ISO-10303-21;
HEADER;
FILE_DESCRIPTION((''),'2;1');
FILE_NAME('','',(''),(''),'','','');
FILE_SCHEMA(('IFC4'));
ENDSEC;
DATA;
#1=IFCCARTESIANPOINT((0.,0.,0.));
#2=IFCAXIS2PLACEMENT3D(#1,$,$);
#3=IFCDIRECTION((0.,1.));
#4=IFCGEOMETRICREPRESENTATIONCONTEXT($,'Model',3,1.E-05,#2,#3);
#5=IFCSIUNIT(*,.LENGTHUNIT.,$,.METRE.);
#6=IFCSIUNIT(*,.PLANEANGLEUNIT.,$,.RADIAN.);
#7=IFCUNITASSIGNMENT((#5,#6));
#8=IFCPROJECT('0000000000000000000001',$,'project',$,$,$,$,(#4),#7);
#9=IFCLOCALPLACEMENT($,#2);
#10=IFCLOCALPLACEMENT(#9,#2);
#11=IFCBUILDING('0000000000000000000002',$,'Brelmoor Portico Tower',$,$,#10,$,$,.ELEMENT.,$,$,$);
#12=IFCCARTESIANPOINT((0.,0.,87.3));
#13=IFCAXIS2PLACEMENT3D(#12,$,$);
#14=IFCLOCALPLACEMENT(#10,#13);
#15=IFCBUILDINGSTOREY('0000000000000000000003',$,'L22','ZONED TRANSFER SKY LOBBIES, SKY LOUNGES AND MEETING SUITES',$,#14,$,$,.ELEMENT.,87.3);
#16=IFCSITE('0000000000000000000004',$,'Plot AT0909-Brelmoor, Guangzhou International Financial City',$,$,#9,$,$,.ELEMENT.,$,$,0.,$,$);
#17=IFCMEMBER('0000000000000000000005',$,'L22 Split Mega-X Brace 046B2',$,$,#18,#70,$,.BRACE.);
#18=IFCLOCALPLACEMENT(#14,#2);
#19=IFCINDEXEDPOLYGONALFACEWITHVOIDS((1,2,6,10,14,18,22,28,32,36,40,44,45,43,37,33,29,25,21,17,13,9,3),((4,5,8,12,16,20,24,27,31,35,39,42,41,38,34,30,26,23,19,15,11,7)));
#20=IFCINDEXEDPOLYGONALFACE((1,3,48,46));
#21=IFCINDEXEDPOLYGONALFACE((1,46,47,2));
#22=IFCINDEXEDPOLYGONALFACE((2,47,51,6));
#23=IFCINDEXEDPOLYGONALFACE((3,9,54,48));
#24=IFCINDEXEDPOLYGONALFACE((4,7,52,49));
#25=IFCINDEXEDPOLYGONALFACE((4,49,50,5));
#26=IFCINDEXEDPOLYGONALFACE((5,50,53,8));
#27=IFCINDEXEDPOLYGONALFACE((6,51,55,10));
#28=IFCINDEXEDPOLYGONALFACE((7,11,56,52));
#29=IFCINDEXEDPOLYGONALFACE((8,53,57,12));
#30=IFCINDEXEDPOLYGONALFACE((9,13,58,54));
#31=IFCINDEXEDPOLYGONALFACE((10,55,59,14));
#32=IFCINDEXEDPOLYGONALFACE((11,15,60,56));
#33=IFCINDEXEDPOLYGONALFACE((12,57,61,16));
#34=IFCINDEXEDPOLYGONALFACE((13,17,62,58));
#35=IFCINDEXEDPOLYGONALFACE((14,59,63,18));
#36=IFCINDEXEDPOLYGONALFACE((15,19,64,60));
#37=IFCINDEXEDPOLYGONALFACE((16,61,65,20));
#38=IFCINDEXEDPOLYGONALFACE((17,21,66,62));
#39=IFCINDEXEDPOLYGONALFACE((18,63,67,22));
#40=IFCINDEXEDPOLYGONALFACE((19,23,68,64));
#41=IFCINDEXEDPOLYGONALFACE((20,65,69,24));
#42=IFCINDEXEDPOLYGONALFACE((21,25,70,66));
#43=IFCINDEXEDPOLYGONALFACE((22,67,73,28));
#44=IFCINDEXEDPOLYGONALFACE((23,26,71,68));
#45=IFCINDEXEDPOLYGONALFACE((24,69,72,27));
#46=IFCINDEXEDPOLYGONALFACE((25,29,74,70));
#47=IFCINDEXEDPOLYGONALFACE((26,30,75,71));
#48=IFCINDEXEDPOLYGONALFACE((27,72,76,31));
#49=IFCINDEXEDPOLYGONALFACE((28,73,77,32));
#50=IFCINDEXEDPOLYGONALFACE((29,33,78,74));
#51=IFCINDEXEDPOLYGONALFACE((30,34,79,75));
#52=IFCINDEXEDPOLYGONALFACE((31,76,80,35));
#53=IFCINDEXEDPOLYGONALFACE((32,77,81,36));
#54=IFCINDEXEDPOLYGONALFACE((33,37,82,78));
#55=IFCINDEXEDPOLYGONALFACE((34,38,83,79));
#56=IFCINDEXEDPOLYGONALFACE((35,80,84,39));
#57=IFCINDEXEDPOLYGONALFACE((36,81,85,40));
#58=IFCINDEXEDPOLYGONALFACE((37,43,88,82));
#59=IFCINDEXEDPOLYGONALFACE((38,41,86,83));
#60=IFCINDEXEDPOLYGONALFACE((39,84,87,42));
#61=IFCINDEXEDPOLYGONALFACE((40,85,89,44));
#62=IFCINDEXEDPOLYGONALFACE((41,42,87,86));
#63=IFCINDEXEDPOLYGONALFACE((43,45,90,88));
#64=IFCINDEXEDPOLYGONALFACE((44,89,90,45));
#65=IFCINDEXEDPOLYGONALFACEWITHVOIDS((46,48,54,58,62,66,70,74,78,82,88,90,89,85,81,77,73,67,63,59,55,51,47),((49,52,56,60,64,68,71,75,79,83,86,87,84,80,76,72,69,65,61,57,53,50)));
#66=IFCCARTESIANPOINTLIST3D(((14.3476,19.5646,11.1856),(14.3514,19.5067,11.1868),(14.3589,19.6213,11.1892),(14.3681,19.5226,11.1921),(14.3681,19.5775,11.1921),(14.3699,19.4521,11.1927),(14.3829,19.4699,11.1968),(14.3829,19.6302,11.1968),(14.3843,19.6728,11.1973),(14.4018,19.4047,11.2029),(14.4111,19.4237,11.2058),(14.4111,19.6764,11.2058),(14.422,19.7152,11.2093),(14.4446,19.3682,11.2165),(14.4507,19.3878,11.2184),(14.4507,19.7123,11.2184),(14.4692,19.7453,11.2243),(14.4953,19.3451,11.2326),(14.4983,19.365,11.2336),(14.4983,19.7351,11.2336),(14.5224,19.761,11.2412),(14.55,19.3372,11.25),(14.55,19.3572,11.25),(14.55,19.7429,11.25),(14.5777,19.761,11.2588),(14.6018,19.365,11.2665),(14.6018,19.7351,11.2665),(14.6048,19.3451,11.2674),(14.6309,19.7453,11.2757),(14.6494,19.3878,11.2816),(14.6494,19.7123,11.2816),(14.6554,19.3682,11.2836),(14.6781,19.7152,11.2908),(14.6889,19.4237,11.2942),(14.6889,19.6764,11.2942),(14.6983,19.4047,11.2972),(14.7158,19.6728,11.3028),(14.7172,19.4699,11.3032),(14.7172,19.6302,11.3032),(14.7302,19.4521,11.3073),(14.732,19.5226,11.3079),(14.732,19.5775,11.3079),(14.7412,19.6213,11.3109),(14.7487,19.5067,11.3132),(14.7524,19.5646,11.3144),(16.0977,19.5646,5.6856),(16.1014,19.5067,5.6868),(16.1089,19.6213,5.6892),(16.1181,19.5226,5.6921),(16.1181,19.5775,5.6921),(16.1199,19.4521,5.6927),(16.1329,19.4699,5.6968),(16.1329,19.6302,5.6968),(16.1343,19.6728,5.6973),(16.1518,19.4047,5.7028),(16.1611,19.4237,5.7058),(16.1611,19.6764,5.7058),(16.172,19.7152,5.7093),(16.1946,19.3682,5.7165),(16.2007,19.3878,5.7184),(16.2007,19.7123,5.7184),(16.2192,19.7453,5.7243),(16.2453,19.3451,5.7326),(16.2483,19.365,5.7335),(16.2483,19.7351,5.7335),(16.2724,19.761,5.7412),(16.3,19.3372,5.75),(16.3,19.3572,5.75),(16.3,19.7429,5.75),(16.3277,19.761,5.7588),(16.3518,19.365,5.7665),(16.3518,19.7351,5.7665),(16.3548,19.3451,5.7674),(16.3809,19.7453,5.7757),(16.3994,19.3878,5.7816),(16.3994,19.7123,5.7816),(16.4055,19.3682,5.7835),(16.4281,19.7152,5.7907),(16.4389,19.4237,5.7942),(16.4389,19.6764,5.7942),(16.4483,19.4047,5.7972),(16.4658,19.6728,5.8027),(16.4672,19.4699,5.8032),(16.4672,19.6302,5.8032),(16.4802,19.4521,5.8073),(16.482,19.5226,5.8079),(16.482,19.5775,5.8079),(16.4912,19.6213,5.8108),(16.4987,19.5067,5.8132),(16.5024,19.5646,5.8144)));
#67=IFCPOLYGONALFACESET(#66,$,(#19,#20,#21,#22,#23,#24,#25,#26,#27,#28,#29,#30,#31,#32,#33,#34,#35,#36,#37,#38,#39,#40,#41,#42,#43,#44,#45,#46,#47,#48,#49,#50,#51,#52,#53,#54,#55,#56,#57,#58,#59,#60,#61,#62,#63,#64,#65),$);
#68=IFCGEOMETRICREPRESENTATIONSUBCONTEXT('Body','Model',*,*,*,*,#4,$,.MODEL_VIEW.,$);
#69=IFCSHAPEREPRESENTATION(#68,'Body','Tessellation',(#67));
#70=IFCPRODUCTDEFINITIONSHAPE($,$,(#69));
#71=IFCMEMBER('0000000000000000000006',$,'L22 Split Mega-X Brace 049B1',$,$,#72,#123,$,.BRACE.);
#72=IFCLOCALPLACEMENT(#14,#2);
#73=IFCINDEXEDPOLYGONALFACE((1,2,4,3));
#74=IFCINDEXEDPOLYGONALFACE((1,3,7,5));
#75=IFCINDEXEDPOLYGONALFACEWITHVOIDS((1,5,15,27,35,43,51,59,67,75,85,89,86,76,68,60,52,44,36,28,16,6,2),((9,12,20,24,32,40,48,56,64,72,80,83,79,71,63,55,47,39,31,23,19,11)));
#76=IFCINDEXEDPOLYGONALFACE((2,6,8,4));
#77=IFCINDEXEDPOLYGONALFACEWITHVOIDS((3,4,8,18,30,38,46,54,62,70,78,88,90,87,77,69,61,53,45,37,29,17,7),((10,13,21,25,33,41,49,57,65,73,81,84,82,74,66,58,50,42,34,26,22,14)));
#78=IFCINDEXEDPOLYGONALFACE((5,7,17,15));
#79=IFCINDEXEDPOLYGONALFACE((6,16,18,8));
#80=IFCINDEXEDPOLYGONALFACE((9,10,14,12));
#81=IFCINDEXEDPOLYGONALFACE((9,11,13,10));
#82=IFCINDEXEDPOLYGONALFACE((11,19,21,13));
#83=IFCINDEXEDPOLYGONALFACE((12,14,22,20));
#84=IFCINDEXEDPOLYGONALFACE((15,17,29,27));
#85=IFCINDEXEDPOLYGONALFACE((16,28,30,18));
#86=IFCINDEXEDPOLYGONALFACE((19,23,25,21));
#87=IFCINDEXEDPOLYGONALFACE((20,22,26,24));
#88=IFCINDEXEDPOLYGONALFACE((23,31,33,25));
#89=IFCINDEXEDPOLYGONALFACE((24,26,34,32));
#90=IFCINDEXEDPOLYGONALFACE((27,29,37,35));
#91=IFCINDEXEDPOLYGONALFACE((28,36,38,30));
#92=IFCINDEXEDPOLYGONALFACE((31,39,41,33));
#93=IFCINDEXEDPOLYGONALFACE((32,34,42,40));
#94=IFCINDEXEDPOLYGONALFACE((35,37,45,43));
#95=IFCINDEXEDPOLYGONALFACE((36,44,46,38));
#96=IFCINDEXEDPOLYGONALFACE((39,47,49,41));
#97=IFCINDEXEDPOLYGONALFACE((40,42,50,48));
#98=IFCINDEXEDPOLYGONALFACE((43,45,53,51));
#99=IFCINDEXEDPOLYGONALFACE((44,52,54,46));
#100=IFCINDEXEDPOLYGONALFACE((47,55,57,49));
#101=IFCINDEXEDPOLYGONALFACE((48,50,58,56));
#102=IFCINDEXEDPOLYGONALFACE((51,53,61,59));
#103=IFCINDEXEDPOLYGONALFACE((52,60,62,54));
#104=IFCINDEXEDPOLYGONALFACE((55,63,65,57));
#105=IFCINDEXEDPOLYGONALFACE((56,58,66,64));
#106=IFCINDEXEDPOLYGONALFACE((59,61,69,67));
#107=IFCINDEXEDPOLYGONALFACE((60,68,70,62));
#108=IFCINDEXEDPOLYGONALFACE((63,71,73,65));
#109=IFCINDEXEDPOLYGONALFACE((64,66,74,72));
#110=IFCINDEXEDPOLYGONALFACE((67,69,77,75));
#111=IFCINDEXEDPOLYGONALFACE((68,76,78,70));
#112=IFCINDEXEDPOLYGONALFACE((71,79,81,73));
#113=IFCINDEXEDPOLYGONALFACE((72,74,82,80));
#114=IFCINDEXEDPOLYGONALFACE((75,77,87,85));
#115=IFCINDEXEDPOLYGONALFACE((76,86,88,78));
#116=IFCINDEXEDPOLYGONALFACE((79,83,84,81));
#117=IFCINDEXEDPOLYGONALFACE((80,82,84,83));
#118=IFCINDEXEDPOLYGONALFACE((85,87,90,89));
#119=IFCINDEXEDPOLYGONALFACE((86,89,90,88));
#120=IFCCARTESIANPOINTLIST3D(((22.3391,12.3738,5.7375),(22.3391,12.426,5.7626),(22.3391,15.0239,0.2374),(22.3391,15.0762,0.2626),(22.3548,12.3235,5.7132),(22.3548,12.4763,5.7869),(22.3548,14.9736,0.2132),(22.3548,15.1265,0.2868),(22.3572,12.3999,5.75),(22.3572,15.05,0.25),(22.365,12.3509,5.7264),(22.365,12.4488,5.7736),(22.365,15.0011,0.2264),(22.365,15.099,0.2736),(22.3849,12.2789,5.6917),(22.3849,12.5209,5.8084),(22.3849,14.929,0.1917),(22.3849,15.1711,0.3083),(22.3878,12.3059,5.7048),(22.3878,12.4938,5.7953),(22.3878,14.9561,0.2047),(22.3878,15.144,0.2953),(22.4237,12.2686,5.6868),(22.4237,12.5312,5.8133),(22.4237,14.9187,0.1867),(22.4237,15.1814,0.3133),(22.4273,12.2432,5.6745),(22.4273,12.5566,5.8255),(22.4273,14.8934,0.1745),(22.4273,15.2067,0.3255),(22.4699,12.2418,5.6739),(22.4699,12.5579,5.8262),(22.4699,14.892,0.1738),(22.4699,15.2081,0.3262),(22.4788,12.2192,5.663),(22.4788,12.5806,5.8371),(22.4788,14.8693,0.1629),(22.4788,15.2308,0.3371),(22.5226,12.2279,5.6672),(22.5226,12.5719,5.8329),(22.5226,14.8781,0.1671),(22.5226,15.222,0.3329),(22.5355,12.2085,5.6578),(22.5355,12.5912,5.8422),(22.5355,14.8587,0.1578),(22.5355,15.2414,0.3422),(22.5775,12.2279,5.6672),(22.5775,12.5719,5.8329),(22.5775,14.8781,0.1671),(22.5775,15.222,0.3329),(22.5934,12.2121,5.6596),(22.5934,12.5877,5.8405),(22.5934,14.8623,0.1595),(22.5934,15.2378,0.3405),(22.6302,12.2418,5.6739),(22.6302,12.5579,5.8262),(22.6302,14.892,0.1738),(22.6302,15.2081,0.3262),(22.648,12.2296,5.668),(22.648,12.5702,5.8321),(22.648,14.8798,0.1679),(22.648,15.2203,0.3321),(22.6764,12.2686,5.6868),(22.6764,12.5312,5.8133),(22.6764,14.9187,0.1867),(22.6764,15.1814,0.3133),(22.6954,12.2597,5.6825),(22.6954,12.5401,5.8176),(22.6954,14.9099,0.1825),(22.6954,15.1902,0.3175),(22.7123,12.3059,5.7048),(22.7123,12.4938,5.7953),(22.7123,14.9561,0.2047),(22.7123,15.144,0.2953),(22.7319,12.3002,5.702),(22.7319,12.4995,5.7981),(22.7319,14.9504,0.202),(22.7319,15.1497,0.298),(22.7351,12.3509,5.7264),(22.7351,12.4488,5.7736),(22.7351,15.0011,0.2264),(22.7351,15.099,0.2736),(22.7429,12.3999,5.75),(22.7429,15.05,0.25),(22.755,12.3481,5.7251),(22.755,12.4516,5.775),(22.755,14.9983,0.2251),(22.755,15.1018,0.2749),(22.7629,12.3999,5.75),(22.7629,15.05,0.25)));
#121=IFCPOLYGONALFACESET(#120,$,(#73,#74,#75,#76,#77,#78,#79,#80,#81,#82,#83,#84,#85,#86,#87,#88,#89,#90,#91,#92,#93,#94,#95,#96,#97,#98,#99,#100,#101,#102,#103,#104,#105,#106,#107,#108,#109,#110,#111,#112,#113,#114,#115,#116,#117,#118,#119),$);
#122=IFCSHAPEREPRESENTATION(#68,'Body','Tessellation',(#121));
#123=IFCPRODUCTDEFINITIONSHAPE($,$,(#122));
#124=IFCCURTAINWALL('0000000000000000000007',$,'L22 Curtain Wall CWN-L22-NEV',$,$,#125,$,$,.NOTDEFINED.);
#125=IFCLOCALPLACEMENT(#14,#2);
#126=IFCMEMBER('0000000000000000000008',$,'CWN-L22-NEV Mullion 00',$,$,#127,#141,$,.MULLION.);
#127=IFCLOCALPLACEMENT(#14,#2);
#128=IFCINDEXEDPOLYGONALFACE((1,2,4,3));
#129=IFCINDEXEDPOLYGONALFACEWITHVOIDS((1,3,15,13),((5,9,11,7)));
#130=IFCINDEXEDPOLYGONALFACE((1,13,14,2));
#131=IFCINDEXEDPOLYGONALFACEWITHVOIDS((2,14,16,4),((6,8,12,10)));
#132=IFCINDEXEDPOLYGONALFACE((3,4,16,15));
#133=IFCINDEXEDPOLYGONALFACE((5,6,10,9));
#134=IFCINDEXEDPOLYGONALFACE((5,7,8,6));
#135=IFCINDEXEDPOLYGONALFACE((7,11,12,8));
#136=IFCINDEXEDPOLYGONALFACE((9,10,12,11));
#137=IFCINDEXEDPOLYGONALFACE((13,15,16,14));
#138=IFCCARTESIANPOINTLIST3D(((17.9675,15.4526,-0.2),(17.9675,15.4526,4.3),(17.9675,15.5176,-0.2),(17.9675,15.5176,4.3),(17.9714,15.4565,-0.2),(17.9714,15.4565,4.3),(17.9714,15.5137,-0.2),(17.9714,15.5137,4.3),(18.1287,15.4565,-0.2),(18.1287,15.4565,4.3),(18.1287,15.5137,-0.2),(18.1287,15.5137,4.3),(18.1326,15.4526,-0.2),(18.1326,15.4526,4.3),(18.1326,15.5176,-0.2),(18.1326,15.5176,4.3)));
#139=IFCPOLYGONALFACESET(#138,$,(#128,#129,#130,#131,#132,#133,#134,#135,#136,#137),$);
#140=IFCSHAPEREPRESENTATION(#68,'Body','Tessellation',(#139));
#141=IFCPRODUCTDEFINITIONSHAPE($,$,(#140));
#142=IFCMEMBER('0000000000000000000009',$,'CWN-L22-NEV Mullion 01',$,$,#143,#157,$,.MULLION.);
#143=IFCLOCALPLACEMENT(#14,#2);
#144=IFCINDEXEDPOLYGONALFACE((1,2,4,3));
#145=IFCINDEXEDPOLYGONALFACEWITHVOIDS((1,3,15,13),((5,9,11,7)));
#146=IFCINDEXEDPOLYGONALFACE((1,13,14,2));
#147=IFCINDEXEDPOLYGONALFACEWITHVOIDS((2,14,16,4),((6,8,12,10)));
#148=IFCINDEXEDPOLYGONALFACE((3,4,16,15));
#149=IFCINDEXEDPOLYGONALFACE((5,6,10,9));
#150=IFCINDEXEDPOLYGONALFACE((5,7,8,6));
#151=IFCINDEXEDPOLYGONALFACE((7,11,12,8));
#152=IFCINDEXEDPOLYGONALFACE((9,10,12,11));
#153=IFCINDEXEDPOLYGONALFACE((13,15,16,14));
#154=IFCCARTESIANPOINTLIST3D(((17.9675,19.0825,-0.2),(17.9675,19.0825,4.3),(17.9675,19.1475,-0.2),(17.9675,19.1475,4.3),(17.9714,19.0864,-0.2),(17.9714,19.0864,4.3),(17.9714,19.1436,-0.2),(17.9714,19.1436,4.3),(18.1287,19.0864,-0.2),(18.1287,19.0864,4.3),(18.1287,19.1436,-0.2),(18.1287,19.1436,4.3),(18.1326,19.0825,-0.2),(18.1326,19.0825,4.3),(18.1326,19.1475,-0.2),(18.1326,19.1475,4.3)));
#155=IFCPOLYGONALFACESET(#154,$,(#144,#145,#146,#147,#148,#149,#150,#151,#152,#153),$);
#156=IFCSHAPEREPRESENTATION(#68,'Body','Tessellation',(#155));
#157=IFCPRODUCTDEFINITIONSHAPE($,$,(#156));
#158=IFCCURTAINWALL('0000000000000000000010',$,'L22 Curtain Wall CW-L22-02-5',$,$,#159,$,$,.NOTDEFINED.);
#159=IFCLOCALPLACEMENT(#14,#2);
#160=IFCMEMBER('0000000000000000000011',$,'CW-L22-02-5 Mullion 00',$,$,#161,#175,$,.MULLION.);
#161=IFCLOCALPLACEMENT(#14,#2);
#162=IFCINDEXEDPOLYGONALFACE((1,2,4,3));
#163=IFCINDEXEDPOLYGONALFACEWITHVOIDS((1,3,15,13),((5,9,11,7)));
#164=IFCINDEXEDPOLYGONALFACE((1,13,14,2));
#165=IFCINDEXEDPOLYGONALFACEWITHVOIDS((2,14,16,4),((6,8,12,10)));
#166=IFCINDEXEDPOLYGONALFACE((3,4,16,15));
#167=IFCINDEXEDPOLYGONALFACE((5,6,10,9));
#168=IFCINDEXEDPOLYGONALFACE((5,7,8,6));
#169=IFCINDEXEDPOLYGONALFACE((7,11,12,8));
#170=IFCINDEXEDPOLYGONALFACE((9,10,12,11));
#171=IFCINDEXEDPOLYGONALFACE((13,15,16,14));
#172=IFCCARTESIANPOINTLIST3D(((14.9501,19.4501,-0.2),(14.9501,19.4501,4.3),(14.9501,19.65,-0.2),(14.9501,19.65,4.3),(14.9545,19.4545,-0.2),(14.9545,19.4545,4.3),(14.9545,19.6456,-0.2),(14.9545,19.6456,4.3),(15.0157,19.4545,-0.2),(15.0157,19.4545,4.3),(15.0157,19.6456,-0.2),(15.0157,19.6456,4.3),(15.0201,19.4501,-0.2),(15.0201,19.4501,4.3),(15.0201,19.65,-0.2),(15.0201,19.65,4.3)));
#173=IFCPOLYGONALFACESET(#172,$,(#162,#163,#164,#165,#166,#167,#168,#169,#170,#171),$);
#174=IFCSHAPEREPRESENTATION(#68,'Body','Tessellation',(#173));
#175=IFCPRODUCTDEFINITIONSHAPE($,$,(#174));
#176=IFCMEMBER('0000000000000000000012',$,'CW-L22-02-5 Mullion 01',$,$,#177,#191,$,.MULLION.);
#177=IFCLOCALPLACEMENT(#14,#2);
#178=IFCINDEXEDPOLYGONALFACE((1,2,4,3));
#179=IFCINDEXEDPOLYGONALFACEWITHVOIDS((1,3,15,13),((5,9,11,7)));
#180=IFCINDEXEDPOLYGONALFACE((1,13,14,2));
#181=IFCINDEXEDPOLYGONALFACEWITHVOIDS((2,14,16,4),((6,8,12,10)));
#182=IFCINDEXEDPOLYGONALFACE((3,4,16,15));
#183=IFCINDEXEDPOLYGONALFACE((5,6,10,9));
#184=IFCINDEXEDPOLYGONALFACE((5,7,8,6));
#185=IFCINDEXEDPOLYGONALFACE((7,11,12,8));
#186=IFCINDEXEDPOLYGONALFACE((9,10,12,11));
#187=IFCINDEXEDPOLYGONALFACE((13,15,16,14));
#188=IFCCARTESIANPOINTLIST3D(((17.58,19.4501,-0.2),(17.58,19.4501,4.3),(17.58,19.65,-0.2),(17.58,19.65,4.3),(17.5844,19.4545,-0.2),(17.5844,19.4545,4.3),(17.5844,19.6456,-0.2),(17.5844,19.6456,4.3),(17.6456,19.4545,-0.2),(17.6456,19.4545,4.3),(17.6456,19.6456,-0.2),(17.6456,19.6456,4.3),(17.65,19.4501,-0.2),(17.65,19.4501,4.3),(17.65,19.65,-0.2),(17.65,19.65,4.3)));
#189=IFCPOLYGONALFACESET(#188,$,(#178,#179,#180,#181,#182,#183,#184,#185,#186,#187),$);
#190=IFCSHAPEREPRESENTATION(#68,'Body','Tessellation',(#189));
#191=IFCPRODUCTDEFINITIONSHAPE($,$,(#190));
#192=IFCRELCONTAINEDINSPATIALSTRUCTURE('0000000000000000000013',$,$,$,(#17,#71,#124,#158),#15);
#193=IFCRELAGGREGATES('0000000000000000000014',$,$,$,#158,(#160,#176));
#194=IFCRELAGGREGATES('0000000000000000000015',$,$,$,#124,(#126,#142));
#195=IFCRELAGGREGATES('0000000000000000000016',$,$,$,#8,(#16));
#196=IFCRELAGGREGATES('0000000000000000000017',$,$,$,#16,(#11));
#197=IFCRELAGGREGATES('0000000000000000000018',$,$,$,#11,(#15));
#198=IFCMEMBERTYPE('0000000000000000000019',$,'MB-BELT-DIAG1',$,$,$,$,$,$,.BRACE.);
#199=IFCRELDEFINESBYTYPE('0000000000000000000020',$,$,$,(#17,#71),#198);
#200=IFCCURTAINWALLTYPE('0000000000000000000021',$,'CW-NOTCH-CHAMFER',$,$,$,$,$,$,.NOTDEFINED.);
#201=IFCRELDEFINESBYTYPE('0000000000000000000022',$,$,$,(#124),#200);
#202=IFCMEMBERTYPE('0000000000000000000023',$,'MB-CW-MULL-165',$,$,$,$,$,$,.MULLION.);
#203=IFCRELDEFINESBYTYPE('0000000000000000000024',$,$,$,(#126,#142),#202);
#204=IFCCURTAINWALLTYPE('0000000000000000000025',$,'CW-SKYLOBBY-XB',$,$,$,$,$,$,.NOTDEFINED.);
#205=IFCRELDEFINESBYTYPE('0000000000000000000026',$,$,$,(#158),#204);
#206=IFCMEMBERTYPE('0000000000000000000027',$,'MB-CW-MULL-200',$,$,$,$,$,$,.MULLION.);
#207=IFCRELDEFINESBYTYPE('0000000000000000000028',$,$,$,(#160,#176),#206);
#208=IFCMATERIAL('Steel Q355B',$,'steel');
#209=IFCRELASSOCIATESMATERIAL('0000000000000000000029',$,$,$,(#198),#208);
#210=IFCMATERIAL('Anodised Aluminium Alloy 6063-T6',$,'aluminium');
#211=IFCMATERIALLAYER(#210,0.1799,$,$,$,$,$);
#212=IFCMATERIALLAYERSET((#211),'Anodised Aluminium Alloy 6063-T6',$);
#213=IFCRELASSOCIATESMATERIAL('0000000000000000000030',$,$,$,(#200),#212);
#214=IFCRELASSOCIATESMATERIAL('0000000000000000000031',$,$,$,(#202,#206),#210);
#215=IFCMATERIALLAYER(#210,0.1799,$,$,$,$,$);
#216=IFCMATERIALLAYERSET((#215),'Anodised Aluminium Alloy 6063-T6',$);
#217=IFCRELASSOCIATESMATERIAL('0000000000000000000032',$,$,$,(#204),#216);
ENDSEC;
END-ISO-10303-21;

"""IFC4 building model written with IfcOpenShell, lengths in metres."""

from ifc_helpers import new_model, si_unit, direction, frame, origin, origin_2d, place, context, subcontext, project, spatial, hollow_rectangle, hollow_circle, extrude, material, layer, layer_set, material_profile, profile_set, type_object, element, aggregate, save


model = new_model("IFC4")

# Units and contexts
model_context = context("Model", 3, precision=1e-05, world=origin(), true_north=direction((0.0, 1.0)))
body_context = subcontext(model_context, "Body", "Model", "MODEL_VIEW")
ifc_project = project(units=[si_unit("LENGTHUNIT", "METRE"), si_unit("PLANEANGLEUNIT", "RADIAN")], contexts=[model_context])

# Site, building, storey
site_placement = place(None, origin())
site = spatial("IfcSite", under=ifc_project, at=site_placement, Name="Plot AT0909-Brelmoor, Guangzhou International Financial City", CompositionType="ELEMENT", RefElevation=0.0)
building_placement = place(site_placement, origin())
building = spatial("IfcBuilding", under=site, at=building_placement, Name="Brelmoor Portico Tower", CompositionType="ELEMENT")
storey_placement = place(building_placement, frame((0.0, 0.0, 87.3)))
storey = spatial("IfcBuildingStorey", under=building, at=storey_placement, Name="L22", Description="ZONED TRANSFER SKY LOBBIES, SKY LOUNGES AND MEETING SUITES", CompositionType="ELEMENT", Elevation=87.3)

# Shared definitions
ifc_material_1 = material(Name="Steel Q355B", Category="steel")

# Members
ifc_material_profile_1 = material_profile(ifc_material_1, hollow_circle(Radius=0.2129, WallThickness=0.02, at=origin_2d()), Name="CHS 426x20")
ifc_profile_set_1 = profile_set([ifc_material_profile_1], Name="Steel Q355B")
member_type_1 = type_object("IfcMemberType", Name="MB-BELT-DIAG1", PredefinedType="BRACE", material=ifc_profile_set_1)
for number, where, z_axis, x_axis, name in (
    (1, (16.3, 19.55, 5.75), (-0.303204, 0.0, 0.952926), (0.0, -1.0, 0.0), "L22 Split Mega-X Brace 046B2"),
):
    element("IfcMember", number, at=place(storey_placement, frame(where, z_axis=z_axis, x_axis=x_axis)), inside=storey, type_object=member_type_1, Name=name, PredefinedType="BRACE", context=body_context, shape_type="SweptSolid", body=[
        extrude(hollow_circle(Radius=0.2129, WallThickness=0.02, at=origin_2d()), origin(), (0.0, 0.0, 1.0), 5.7717),
    ])
member_1_placement = place(storey_placement, frame((22.55, 15.05, 0.25), z_axis=(0.0, -0.434081, 0.900874), x_axis=(1.0, 0.0, 0.0)))
element("IfcMember", 2, at=member_1_placement, inside=storey, type_object=member_type_1, Name="L22 Split Mega-X Brace 049B1", PredefinedType="BRACE", context=body_context, shape_type="SweptSolid", body=[
    extrude(hollow_circle(Radius=0.2129, WallThickness=0.02, at=origin_2d()), origin(), (0.0, 0.0, 1.0), 6.1052),
])

# Curtain walls, members
ifc_material_2 = material(Name="Anodised Aluminium Alloy 6063-T6", Category="aluminium")
ifc_layer_1 = layer(ifc_material_2, 0.1799)
ifc_layer_set_1 = layer_set([ifc_layer_1], Name="Anodised Aluminium Alloy 6063-T6")
curtain_wall_type_1 = type_object("IfcCurtainWallType", Name="CW-NOTCH-CHAMFER", PredefinedType="NOTDEFINED", material=ifc_layer_set_1)
curtain_wall_1_placement = place(storey_placement, origin())
curtain_wall_1 = element("IfcCurtainWall", 3, at=curtain_wall_1_placement, inside=storey, type_object=curtain_wall_type_1, Name="L22 Curtain Wall CWN-L22-NEV", PredefinedType="NOTDEFINED")
ifc_material_profile_2 = material_profile(ifc_material_2, hollow_rectangle(XDim=0.0649, YDim=0.165, WallThickness=0.0039, at=origin_2d()), Name="ALU MULLION 65x165")
ifc_profile_set_2 = profile_set([ifc_material_profile_2], Name="Anodised Aluminium Alloy 6063-T6")
member_type_2 = type_object("IfcMemberType", Name="MB-CW-MULL-165", PredefinedType="MULLION", material=ifc_profile_set_2)
member_2_placement = place(storey_placement, frame((18.05, 15.4851, -0.2), z_axis=(0.0, 0.0, 1.0), x_axis=(0.0, 1.0, 0.0)))
member_2 = element("IfcMember", 4, at=member_2_placement, type_object=member_type_2, Name="CWN-L22-NEV Mullion 00", PredefinedType="MULLION", context=body_context, shape_type="SweptSolid", body=[
    extrude(hollow_rectangle(XDim=0.0649, YDim=0.165, WallThickness=0.0039, at=origin_2d()), origin(), (0.0, 0.0, 1.0), 4.5),
])
member_3_placement = place(storey_placement, frame((18.05, 19.115, -0.2), z_axis=(0.0, 0.0, 1.0), x_axis=(0.0, 1.0, 0.0)))
member_3 = element("IfcMember", 5, at=member_3_placement, type_object=member_type_2, Name="CWN-L22-NEV Mullion 01", PredefinedType="MULLION", context=body_context, shape_type="SweptSolid", body=[
    extrude(hollow_rectangle(XDim=0.0649, YDim=0.165, WallThickness=0.0039, at=origin_2d()), origin(), (0.0, 0.0, 1.0), 4.5),
])
ifc_layer_2 = layer(ifc_material_2, 0.1799)
ifc_layer_set_2 = layer_set([ifc_layer_2], Name="Anodised Aluminium Alloy 6063-T6")
curtain_wall_type_2 = type_object("IfcCurtainWallType", Name="CW-SKYLOBBY-XB", PredefinedType="NOTDEFINED", material=ifc_layer_set_2)
curtain_wall_2_placement = place(storey_placement, origin())
curtain_wall_2 = element("IfcCurtainWall", 6, at=curtain_wall_2_placement, inside=storey, type_object=curtain_wall_type_2, Name="L22 Curtain Wall CW-L22-02-5", PredefinedType="NOTDEFINED")
ifc_material_profile_3 = material_profile(ifc_material_2, hollow_rectangle(XDim=0.0701, YDim=0.2, WallThickness=0.0044, at=origin_2d()), Name="ALU MULLION 70x200")
ifc_profile_set_3 = profile_set([ifc_material_profile_3], Name="Anodised Aluminium Alloy 6063-T6")
member_type_3 = type_object("IfcMemberType", Name="MB-CW-MULL-200", PredefinedType="MULLION", material=ifc_profile_set_3)
member_4_placement = place(storey_placement, frame((14.9851, 19.55, -0.2), z_axis=(0.0, 0.0, 1.0), x_axis=(1.0, 0.0, 0.0)))
member_4 = element("IfcMember", 7, at=member_4_placement, type_object=member_type_3, Name="CW-L22-02-5 Mullion 00", PredefinedType="MULLION", context=body_context, shape_type="SweptSolid", body=[
    extrude(hollow_rectangle(XDim=0.0701, YDim=0.2, WallThickness=0.0044, at=origin_2d()), origin(), (0.0, 0.0, 1.0), 4.5),
])
member_5_placement = place(storey_placement, frame((17.615, 19.55, -0.2), z_axis=(0.0, 0.0, 1.0), x_axis=(1.0, 0.0, 0.0)))
member_5 = element("IfcMember", 8, at=member_5_placement, type_object=member_type_3, Name="CW-L22-02-5 Mullion 01", PredefinedType="MULLION", context=body_context, shape_type="SweptSolid", body=[
    extrude(hollow_rectangle(XDim=0.0701, YDim=0.2, WallThickness=0.0044, at=origin_2d()), origin(), (0.0, 0.0, 1.0), 4.5),
])

aggregate(curtain_wall_2, [member_4, member_5])
aggregate(curtain_wall_1, [member_2, member_3])

save(model, "model.ifc")
